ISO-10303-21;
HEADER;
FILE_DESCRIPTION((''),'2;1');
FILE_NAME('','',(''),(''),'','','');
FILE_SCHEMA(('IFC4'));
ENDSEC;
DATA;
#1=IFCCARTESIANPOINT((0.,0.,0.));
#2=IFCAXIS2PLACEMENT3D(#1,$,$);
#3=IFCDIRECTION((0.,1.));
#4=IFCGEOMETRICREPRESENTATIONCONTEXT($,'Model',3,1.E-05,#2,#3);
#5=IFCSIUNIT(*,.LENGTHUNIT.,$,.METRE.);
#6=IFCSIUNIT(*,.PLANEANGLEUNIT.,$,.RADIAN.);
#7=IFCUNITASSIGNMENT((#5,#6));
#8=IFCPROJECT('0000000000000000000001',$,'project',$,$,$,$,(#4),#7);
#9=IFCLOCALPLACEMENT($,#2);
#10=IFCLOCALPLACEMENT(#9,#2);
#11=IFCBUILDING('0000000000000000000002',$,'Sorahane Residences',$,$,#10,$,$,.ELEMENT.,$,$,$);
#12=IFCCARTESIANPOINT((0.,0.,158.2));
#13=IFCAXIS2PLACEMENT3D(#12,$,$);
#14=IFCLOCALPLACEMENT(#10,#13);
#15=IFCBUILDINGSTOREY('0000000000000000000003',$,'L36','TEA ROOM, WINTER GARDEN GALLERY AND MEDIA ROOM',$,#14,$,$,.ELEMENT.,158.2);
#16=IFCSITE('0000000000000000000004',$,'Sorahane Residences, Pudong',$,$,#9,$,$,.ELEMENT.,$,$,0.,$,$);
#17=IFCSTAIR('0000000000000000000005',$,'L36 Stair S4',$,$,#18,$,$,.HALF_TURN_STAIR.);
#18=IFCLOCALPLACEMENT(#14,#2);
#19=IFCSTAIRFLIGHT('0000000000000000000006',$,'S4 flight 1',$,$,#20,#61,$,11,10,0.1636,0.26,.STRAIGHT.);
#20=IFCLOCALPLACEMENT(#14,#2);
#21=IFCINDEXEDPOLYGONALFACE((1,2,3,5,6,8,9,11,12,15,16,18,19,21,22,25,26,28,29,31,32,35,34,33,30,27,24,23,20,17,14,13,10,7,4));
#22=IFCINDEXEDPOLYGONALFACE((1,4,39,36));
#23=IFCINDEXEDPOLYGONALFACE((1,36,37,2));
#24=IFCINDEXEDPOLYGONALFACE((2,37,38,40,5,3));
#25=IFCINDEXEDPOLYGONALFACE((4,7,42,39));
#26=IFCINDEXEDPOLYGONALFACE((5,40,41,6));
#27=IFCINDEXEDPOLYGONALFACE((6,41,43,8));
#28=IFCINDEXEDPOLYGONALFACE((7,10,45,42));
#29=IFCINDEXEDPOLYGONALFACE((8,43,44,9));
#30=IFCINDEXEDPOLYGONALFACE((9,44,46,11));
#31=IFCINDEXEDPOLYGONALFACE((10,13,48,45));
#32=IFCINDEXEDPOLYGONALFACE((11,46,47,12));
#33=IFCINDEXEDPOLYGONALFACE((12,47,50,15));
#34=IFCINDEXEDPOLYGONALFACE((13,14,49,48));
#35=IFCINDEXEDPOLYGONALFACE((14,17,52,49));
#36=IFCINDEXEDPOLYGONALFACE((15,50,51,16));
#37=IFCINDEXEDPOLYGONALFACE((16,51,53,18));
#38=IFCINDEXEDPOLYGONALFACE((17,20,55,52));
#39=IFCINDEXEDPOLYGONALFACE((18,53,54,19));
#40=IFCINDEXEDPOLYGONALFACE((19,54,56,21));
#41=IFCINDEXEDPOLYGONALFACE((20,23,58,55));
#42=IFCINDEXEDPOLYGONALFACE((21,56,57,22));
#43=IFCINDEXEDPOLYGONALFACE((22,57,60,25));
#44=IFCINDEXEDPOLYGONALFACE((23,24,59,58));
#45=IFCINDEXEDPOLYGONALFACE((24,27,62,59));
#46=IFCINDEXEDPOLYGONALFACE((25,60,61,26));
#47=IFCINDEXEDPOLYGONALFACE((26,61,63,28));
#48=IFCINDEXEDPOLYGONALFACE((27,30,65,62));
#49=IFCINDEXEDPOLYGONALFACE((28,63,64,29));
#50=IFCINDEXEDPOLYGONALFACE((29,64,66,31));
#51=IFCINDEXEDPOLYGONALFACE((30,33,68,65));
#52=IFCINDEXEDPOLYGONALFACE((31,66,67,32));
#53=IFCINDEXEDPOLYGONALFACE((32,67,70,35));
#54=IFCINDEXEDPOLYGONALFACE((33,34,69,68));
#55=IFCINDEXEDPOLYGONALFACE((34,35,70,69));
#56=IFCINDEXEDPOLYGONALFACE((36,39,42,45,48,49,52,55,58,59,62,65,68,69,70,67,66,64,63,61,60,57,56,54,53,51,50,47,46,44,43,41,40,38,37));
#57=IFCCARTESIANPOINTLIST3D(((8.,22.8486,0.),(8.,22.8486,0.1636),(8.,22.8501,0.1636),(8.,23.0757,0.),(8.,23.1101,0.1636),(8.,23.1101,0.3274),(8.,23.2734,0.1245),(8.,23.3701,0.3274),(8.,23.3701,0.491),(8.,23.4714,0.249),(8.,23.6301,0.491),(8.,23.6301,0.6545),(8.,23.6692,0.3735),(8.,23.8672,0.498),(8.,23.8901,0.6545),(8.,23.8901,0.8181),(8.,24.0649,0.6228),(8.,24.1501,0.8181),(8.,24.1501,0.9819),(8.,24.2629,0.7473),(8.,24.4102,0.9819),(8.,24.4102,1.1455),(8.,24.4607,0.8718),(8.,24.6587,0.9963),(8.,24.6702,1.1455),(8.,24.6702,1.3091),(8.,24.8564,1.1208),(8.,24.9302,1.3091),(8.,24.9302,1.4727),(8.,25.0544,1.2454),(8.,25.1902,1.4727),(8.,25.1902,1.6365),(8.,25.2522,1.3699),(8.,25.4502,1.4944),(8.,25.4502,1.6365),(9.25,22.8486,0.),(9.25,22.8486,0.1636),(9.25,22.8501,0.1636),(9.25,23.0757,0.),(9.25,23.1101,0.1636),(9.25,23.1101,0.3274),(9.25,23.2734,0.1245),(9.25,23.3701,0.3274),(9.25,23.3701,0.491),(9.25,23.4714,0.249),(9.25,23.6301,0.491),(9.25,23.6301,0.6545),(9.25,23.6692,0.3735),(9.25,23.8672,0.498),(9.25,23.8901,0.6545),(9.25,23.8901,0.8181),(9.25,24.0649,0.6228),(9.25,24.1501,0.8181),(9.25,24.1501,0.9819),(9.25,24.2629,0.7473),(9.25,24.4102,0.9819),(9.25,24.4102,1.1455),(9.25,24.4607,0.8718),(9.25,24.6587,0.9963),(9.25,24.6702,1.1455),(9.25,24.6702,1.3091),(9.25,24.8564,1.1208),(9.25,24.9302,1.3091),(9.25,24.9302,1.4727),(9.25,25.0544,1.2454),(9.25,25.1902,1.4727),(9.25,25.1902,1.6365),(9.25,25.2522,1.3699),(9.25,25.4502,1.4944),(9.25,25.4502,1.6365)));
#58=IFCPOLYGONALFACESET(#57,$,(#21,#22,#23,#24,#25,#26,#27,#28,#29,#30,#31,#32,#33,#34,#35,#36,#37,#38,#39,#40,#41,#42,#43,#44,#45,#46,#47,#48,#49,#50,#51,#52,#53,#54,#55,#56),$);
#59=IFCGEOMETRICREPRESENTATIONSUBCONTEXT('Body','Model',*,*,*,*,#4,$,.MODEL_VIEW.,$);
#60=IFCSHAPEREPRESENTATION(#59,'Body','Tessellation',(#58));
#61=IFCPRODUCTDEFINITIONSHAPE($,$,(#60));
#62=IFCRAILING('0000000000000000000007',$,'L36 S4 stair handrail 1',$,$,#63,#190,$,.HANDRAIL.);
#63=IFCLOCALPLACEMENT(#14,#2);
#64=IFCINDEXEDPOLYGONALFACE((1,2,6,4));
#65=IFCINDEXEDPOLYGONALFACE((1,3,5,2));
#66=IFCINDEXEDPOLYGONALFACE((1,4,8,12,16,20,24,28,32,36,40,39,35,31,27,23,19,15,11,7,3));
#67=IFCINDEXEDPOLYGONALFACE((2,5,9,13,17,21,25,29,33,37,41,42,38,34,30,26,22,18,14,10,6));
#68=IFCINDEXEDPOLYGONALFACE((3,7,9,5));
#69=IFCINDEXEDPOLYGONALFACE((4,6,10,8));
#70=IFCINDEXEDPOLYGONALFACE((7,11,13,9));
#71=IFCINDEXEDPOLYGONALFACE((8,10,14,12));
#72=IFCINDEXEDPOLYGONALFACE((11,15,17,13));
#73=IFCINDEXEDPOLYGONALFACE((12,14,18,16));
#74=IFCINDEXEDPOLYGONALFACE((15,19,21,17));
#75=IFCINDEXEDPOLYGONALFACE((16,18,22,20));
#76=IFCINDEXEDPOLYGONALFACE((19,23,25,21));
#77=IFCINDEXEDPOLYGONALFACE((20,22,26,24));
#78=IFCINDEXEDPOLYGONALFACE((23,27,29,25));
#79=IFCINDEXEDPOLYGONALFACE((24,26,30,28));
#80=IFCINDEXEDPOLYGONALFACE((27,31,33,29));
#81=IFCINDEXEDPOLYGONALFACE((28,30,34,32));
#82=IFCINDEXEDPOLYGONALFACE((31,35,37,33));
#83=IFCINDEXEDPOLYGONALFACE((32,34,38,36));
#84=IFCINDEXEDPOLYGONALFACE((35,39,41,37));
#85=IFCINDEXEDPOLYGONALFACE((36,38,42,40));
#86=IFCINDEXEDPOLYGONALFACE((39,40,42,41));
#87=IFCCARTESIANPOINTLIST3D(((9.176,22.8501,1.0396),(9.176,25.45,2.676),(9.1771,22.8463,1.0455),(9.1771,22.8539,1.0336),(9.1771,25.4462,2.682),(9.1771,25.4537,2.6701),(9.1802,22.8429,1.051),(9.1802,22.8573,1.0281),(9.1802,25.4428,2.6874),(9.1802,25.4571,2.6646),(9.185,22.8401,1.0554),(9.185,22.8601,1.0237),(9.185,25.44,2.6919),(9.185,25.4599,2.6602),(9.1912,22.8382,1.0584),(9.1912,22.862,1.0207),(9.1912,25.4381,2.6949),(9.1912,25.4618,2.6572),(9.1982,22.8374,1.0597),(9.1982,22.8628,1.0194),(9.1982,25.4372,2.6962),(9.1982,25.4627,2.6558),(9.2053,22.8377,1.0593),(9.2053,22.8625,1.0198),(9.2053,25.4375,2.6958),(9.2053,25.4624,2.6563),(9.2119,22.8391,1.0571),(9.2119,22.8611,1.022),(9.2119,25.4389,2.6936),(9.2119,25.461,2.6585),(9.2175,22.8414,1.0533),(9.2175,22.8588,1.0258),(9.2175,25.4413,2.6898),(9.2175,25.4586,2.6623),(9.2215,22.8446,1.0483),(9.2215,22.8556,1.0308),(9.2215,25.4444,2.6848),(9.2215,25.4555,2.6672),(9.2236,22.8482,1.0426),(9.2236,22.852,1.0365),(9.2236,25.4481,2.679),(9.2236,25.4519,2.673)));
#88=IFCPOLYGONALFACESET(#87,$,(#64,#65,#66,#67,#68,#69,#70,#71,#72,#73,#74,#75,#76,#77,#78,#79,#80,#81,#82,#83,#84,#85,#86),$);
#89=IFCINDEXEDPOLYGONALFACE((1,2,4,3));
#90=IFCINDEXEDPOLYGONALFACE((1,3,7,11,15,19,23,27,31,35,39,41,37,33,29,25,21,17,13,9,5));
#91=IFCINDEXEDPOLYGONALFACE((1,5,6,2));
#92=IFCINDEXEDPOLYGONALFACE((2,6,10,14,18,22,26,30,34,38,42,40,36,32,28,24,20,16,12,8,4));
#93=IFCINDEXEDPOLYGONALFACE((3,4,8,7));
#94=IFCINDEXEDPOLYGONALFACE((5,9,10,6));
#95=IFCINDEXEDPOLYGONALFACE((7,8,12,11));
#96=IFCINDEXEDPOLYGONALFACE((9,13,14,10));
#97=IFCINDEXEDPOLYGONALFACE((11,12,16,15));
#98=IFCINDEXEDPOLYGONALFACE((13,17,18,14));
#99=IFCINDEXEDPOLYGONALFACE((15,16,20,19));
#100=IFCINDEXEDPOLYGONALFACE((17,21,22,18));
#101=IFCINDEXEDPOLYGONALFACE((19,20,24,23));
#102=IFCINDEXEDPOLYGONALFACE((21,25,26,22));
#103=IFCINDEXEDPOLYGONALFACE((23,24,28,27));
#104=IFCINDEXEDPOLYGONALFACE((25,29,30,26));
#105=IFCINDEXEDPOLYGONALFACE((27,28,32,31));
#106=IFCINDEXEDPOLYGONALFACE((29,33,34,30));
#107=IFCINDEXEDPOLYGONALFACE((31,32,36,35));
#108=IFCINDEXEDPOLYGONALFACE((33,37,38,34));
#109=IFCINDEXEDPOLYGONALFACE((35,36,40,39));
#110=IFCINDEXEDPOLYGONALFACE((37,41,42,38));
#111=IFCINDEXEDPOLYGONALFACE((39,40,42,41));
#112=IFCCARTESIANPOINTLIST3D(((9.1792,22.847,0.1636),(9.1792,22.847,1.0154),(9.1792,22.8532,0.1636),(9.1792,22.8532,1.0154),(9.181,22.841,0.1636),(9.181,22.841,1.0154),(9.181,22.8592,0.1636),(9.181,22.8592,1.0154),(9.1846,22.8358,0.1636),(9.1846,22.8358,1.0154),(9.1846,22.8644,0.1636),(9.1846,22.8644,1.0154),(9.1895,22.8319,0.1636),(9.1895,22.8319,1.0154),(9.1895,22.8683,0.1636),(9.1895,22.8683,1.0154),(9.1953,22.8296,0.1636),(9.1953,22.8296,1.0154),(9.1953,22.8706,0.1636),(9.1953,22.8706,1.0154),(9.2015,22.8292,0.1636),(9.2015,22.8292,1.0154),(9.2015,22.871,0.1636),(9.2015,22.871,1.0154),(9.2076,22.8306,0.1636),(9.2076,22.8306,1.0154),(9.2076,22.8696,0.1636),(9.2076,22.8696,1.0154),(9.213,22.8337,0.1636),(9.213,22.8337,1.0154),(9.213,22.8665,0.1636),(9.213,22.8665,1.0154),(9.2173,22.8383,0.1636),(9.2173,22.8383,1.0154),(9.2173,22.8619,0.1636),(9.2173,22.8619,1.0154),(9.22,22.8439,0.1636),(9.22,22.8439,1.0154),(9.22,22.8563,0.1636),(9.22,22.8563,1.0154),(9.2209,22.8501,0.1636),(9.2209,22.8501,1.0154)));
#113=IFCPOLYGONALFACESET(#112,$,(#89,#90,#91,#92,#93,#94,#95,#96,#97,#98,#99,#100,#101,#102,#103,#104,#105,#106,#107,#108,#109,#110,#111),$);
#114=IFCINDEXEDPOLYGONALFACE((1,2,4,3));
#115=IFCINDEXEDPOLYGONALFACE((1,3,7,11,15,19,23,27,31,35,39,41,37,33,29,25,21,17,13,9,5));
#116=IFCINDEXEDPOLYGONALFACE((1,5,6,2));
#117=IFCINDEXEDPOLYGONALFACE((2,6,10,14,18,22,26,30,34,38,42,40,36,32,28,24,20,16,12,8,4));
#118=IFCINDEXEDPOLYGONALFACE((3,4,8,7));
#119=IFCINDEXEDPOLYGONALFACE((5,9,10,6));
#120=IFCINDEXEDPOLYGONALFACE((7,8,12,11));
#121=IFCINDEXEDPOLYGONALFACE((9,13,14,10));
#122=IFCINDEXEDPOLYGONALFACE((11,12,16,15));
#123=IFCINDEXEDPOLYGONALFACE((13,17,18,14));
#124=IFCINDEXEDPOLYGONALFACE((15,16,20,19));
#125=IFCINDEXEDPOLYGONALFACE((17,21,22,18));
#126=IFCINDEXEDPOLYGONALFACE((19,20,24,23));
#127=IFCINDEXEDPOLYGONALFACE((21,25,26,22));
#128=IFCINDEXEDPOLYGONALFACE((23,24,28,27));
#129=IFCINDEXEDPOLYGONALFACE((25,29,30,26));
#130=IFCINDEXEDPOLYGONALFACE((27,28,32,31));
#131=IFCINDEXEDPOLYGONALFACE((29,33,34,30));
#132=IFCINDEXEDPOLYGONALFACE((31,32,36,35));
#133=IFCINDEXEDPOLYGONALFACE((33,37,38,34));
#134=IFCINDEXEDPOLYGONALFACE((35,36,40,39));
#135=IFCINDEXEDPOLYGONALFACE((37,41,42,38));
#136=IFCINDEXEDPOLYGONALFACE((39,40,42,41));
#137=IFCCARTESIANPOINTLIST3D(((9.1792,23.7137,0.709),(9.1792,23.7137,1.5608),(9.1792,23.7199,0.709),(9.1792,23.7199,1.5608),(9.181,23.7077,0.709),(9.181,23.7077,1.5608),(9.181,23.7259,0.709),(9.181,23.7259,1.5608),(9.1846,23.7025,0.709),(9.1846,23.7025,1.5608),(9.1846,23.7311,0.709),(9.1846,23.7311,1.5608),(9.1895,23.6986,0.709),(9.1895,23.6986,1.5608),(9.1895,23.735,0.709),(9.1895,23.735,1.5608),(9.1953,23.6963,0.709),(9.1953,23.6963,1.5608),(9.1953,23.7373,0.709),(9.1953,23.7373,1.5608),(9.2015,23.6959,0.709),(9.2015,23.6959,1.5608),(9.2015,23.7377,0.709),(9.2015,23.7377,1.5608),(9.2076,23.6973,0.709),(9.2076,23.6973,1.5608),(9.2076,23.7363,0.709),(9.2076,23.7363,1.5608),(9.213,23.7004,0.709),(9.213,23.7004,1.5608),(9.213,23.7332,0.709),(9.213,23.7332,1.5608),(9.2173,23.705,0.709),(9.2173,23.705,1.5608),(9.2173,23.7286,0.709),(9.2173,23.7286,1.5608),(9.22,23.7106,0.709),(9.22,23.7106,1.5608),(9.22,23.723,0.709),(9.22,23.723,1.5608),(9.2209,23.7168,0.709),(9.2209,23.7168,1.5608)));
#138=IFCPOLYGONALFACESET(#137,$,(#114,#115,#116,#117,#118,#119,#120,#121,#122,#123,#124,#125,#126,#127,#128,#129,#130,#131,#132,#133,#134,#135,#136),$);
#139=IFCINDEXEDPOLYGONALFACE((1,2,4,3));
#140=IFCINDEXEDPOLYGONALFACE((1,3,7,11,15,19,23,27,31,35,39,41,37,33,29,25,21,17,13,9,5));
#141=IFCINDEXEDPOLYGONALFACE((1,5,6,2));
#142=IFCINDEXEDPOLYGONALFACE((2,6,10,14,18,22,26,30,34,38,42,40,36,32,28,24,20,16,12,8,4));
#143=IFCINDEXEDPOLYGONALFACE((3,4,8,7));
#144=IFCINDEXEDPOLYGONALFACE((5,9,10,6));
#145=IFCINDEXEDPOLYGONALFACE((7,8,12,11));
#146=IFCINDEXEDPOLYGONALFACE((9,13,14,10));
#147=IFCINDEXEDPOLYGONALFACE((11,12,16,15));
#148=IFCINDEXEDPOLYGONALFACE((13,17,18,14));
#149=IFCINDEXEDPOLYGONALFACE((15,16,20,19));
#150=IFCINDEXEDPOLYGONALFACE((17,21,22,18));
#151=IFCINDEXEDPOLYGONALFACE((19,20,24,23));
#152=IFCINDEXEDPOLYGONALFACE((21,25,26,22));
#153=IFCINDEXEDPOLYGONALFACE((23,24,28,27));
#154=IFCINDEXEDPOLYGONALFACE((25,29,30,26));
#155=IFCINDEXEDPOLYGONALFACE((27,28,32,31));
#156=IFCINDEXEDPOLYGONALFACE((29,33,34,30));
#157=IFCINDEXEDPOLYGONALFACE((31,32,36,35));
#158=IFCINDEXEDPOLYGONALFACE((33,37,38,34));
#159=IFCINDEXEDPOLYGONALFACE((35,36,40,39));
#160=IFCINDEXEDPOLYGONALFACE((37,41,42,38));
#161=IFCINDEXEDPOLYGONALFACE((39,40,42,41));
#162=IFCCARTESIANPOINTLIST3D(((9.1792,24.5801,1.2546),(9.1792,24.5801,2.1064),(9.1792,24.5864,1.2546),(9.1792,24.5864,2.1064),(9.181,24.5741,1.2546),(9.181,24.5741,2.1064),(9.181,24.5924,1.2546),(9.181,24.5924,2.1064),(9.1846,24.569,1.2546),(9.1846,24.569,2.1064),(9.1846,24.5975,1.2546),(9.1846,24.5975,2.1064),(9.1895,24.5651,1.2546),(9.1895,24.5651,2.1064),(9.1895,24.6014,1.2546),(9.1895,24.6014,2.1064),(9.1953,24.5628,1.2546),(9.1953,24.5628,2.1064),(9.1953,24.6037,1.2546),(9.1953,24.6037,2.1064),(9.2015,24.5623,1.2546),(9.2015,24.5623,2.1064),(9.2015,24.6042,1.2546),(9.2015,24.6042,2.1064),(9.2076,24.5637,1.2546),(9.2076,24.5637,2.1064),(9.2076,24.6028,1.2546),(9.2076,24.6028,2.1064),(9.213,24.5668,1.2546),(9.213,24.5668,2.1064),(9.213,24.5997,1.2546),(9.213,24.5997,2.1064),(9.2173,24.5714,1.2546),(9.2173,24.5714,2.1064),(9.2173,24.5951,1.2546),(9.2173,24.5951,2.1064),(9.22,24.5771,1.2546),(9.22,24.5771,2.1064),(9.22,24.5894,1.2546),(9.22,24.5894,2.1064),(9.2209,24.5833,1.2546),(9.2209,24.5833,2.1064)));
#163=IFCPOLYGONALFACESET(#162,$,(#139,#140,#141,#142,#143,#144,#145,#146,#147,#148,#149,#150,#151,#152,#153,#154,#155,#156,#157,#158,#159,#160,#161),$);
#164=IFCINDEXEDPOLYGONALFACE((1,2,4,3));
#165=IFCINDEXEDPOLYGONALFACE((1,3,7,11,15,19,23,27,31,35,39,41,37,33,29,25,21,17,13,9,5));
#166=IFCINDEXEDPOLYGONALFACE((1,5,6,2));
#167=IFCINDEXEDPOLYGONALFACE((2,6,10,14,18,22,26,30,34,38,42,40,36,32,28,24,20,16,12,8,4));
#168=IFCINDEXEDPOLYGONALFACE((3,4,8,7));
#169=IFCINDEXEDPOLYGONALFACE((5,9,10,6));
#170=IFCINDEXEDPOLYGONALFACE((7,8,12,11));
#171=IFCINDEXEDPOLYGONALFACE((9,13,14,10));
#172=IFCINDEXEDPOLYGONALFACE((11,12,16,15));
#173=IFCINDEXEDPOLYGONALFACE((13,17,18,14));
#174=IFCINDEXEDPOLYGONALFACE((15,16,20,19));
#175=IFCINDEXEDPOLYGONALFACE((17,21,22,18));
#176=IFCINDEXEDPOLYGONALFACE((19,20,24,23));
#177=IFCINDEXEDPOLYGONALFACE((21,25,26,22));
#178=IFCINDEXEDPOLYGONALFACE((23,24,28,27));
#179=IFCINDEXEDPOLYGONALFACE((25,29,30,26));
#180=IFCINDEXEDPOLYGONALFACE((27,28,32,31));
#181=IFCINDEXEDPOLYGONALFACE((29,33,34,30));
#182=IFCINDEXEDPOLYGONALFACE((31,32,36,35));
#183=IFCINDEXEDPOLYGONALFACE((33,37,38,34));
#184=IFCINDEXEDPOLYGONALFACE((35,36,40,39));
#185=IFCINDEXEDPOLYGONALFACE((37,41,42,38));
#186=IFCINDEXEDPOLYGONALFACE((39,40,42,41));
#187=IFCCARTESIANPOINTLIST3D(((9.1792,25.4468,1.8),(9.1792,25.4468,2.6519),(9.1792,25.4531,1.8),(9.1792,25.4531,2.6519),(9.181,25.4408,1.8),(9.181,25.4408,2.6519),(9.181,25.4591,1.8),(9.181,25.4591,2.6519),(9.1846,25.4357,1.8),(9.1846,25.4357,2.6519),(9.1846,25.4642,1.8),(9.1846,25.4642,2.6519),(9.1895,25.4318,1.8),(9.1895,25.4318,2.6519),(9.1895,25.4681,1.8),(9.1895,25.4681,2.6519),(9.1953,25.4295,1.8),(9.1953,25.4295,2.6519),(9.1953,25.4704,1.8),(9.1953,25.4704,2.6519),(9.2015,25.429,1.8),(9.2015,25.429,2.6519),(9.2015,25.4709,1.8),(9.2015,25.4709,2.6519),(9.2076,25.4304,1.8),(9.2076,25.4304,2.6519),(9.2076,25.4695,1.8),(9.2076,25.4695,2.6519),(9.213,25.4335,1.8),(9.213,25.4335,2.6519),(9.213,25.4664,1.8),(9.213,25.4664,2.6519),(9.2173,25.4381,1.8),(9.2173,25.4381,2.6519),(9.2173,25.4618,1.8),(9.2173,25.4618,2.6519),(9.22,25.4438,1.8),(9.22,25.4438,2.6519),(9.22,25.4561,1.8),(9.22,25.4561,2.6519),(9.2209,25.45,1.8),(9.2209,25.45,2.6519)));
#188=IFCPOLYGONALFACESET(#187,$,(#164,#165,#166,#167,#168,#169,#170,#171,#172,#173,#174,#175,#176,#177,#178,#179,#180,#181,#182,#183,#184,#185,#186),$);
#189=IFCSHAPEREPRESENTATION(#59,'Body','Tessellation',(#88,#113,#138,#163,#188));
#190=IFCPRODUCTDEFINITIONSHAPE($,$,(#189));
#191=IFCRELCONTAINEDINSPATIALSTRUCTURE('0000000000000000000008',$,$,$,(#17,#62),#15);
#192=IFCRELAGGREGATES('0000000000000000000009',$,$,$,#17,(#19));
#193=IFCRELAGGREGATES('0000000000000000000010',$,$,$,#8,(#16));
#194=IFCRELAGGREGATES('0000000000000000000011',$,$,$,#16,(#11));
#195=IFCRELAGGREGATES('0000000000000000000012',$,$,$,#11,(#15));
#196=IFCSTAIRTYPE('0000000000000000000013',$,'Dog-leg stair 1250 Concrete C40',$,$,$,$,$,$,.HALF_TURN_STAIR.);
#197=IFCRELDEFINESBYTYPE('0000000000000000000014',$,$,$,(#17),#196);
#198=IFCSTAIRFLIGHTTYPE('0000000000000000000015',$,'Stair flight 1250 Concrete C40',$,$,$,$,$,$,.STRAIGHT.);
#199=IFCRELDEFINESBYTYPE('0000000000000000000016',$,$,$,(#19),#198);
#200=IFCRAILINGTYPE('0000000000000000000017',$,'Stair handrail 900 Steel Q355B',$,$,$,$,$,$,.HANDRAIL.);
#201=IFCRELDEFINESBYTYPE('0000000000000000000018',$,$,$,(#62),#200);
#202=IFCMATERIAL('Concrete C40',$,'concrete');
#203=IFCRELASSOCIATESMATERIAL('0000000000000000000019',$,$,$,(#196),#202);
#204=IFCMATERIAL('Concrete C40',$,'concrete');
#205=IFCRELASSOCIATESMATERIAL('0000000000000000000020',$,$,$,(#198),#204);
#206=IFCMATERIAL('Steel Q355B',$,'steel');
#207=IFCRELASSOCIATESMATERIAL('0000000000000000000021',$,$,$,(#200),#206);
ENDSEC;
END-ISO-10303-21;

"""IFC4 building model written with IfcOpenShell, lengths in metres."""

from ifc_helpers import new_model, si_unit, direction, frame, origin, origin_2d, place, context, subcontext, project, spatial, polyline, circle, outline, extrude, material, type_object, element, aggregate, save


model = new_model("IFC4")

# Units and contexts
model_context = context("Model", 3, precision=1e-05, world=origin(), true_north=direction((0.0, 1.0)))
body_context = subcontext(model_context, "Body", "Model", "MODEL_VIEW")
ifc_project = project(units=[si_unit("LENGTHUNIT", "METRE"), si_unit("PLANEANGLEUNIT", "RADIAN")], contexts=[model_context])

# Site, building, storey
site_placement = place(None, origin())
site = spatial("IfcSite", under=ifc_project, at=site_placement, Name="Sorahane Residences, Pudong", CompositionType="ELEMENT", RefElevation=0.0)
building_placement = place(site_placement, origin())
building = spatial("IfcBuilding", under=site, at=building_placement, Name="Sorahane Residences", CompositionType="ELEMENT")
storey_placement = place(building_placement, frame((0.0, 0.0, 158.2)))
storey = spatial("IfcBuildingStorey", under=building, at=storey_placement, Name="L36", Description="TEA ROOM, WINTER GARDEN GALLERY AND MEDIA ROOM", CompositionType="ELEMENT", Elevation=158.2)

# Stair, stair flight
ifc_material_1 = material(Name="Concrete C40", Category="concrete")
stair_type = type_object("IfcStairType", Name="Dog-leg stair 1250 Concrete C40", PredefinedType="HALF_TURN_STAIR", material=ifc_material_1)
stair_placement = place(storey_placement, origin())
stair = element("IfcStair", 1, at=stair_placement, inside=storey, type_object=stair_type, Name="L36 Stair S4", PredefinedType="HALF_TURN_STAIR")
ifc_material_2 = material(Name="Concrete C40", Category="concrete")
stair_flight_type = type_object("IfcStairFlightType", Name="Stair flight 1250 Concrete C40", PredefinedType="STRAIGHT", material=ifc_material_2)
stair_flight_placement = place(storey_placement, frame((8.625, 22.8501, 0.0), z_axis=(0.0, 0.0, 1.0), x_axis=(0.0, 1.0, 0.0)))
stair_flight = element("IfcStairFlight", 2, at=stair_flight_placement, type_object=stair_flight_type, Name="S4 flight 1", NumberOfRisers=11, NumberOfTreads=10, PredefinedType="STRAIGHT", RiserHeight=0.1636, TreadLength=0.26, context=body_context, shape_type="SweptSolid", body=[
    extrude(outline(polyline([(-0.0015, 0.0), (-0.0015, 0.1636), (0.0, 0.1636), (0.26, 0.1636), (0.26, 0.3274), (0.52, 0.3274), (0.52, 0.491), (0.78, 0.491), (0.78, 0.6545), (1.04, 0.6545), (1.04, 0.8181), (1.3, 0.8181), (1.3, 0.9819), (1.5601, 0.9819), (1.5601, 1.1455), (1.8201, 1.1455), (1.8201, 1.3091), (2.0801, 1.3091), (2.0801, 1.4727), (2.3401, 1.4727), (2.3401, 1.6365), (2.6001, 1.6365), (2.6001, 1.8), (2.6001, 1.4944), (2.4021, 1.3699), (2.2043, 1.2454), (2.0063, 1.1208), (1.8086, 0.9963), (1.6106, 0.8718), (1.4128, 0.7473), (1.2148, 0.6228), (1.0171, 0.498), (0.8191, 0.3735), (0.6213, 0.249), (0.4233, 0.1245), (0.2256, 0.0), (-0.0015, 0.0)])), frame((0.0, 0.625, 0.0), z_axis=(0.0, -1.0, 0.0), x_axis=(1.0, 0.0, 0.0)), (0.0, 0.0, 1.0), 1.25),
])
aggregate(stair, [stair_flight])

# Railing
ifc_material_3 = material(Name="Steel Q355B", Category="steel")
railing_type_1 = type_object("IfcRailingType", Name="Stair handrail 900 Steel Q355B", PredefinedType="HANDRAIL", material=ifc_material_3)
railing_1_placement = place(storey_placement, frame((9.2, 22.8501, 0.1636)))
element("IfcRailing", 3, at=railing_1_placement, inside=storey, type_object=railing_type_1, Name="L36 S4 stair handrail 1", PredefinedType="HANDRAIL", context=body_context, shape_type="SweptSolid", body=[
    extrude(circle(Radius=0.0239, at=origin_2d()), frame((0.0, 0.0, 0.876), z_axis=(0.0, 0.846302, 0.532704), x_axis=(-1.0, 0.0, 0.0)), (0.0, 0.0, 1.0), 3.072),
    extrude(circle(Radius=0.021, at=origin_2d()), origin(), (0.0, 0.0, 1.0), 0.8518),
    extrude(circle(Radius=0.021, at=origin_2d()), frame((0.0, 0.8667, 0.5454)), (0.0, 0.0, 1.0), 0.8518),
    extrude(circle(Radius=0.021, at=origin_2d()), frame((0.0, 1.7332, 1.0911)), (0.0, 0.0, 1.0), 0.8518),
    extrude(circle(Radius=0.021, at=origin_2d()), frame((0.0, 2.5999, 1.6365)), (0.0, 0.0, 1.0), 0.8518),
])

save(model, "model.ifc")
